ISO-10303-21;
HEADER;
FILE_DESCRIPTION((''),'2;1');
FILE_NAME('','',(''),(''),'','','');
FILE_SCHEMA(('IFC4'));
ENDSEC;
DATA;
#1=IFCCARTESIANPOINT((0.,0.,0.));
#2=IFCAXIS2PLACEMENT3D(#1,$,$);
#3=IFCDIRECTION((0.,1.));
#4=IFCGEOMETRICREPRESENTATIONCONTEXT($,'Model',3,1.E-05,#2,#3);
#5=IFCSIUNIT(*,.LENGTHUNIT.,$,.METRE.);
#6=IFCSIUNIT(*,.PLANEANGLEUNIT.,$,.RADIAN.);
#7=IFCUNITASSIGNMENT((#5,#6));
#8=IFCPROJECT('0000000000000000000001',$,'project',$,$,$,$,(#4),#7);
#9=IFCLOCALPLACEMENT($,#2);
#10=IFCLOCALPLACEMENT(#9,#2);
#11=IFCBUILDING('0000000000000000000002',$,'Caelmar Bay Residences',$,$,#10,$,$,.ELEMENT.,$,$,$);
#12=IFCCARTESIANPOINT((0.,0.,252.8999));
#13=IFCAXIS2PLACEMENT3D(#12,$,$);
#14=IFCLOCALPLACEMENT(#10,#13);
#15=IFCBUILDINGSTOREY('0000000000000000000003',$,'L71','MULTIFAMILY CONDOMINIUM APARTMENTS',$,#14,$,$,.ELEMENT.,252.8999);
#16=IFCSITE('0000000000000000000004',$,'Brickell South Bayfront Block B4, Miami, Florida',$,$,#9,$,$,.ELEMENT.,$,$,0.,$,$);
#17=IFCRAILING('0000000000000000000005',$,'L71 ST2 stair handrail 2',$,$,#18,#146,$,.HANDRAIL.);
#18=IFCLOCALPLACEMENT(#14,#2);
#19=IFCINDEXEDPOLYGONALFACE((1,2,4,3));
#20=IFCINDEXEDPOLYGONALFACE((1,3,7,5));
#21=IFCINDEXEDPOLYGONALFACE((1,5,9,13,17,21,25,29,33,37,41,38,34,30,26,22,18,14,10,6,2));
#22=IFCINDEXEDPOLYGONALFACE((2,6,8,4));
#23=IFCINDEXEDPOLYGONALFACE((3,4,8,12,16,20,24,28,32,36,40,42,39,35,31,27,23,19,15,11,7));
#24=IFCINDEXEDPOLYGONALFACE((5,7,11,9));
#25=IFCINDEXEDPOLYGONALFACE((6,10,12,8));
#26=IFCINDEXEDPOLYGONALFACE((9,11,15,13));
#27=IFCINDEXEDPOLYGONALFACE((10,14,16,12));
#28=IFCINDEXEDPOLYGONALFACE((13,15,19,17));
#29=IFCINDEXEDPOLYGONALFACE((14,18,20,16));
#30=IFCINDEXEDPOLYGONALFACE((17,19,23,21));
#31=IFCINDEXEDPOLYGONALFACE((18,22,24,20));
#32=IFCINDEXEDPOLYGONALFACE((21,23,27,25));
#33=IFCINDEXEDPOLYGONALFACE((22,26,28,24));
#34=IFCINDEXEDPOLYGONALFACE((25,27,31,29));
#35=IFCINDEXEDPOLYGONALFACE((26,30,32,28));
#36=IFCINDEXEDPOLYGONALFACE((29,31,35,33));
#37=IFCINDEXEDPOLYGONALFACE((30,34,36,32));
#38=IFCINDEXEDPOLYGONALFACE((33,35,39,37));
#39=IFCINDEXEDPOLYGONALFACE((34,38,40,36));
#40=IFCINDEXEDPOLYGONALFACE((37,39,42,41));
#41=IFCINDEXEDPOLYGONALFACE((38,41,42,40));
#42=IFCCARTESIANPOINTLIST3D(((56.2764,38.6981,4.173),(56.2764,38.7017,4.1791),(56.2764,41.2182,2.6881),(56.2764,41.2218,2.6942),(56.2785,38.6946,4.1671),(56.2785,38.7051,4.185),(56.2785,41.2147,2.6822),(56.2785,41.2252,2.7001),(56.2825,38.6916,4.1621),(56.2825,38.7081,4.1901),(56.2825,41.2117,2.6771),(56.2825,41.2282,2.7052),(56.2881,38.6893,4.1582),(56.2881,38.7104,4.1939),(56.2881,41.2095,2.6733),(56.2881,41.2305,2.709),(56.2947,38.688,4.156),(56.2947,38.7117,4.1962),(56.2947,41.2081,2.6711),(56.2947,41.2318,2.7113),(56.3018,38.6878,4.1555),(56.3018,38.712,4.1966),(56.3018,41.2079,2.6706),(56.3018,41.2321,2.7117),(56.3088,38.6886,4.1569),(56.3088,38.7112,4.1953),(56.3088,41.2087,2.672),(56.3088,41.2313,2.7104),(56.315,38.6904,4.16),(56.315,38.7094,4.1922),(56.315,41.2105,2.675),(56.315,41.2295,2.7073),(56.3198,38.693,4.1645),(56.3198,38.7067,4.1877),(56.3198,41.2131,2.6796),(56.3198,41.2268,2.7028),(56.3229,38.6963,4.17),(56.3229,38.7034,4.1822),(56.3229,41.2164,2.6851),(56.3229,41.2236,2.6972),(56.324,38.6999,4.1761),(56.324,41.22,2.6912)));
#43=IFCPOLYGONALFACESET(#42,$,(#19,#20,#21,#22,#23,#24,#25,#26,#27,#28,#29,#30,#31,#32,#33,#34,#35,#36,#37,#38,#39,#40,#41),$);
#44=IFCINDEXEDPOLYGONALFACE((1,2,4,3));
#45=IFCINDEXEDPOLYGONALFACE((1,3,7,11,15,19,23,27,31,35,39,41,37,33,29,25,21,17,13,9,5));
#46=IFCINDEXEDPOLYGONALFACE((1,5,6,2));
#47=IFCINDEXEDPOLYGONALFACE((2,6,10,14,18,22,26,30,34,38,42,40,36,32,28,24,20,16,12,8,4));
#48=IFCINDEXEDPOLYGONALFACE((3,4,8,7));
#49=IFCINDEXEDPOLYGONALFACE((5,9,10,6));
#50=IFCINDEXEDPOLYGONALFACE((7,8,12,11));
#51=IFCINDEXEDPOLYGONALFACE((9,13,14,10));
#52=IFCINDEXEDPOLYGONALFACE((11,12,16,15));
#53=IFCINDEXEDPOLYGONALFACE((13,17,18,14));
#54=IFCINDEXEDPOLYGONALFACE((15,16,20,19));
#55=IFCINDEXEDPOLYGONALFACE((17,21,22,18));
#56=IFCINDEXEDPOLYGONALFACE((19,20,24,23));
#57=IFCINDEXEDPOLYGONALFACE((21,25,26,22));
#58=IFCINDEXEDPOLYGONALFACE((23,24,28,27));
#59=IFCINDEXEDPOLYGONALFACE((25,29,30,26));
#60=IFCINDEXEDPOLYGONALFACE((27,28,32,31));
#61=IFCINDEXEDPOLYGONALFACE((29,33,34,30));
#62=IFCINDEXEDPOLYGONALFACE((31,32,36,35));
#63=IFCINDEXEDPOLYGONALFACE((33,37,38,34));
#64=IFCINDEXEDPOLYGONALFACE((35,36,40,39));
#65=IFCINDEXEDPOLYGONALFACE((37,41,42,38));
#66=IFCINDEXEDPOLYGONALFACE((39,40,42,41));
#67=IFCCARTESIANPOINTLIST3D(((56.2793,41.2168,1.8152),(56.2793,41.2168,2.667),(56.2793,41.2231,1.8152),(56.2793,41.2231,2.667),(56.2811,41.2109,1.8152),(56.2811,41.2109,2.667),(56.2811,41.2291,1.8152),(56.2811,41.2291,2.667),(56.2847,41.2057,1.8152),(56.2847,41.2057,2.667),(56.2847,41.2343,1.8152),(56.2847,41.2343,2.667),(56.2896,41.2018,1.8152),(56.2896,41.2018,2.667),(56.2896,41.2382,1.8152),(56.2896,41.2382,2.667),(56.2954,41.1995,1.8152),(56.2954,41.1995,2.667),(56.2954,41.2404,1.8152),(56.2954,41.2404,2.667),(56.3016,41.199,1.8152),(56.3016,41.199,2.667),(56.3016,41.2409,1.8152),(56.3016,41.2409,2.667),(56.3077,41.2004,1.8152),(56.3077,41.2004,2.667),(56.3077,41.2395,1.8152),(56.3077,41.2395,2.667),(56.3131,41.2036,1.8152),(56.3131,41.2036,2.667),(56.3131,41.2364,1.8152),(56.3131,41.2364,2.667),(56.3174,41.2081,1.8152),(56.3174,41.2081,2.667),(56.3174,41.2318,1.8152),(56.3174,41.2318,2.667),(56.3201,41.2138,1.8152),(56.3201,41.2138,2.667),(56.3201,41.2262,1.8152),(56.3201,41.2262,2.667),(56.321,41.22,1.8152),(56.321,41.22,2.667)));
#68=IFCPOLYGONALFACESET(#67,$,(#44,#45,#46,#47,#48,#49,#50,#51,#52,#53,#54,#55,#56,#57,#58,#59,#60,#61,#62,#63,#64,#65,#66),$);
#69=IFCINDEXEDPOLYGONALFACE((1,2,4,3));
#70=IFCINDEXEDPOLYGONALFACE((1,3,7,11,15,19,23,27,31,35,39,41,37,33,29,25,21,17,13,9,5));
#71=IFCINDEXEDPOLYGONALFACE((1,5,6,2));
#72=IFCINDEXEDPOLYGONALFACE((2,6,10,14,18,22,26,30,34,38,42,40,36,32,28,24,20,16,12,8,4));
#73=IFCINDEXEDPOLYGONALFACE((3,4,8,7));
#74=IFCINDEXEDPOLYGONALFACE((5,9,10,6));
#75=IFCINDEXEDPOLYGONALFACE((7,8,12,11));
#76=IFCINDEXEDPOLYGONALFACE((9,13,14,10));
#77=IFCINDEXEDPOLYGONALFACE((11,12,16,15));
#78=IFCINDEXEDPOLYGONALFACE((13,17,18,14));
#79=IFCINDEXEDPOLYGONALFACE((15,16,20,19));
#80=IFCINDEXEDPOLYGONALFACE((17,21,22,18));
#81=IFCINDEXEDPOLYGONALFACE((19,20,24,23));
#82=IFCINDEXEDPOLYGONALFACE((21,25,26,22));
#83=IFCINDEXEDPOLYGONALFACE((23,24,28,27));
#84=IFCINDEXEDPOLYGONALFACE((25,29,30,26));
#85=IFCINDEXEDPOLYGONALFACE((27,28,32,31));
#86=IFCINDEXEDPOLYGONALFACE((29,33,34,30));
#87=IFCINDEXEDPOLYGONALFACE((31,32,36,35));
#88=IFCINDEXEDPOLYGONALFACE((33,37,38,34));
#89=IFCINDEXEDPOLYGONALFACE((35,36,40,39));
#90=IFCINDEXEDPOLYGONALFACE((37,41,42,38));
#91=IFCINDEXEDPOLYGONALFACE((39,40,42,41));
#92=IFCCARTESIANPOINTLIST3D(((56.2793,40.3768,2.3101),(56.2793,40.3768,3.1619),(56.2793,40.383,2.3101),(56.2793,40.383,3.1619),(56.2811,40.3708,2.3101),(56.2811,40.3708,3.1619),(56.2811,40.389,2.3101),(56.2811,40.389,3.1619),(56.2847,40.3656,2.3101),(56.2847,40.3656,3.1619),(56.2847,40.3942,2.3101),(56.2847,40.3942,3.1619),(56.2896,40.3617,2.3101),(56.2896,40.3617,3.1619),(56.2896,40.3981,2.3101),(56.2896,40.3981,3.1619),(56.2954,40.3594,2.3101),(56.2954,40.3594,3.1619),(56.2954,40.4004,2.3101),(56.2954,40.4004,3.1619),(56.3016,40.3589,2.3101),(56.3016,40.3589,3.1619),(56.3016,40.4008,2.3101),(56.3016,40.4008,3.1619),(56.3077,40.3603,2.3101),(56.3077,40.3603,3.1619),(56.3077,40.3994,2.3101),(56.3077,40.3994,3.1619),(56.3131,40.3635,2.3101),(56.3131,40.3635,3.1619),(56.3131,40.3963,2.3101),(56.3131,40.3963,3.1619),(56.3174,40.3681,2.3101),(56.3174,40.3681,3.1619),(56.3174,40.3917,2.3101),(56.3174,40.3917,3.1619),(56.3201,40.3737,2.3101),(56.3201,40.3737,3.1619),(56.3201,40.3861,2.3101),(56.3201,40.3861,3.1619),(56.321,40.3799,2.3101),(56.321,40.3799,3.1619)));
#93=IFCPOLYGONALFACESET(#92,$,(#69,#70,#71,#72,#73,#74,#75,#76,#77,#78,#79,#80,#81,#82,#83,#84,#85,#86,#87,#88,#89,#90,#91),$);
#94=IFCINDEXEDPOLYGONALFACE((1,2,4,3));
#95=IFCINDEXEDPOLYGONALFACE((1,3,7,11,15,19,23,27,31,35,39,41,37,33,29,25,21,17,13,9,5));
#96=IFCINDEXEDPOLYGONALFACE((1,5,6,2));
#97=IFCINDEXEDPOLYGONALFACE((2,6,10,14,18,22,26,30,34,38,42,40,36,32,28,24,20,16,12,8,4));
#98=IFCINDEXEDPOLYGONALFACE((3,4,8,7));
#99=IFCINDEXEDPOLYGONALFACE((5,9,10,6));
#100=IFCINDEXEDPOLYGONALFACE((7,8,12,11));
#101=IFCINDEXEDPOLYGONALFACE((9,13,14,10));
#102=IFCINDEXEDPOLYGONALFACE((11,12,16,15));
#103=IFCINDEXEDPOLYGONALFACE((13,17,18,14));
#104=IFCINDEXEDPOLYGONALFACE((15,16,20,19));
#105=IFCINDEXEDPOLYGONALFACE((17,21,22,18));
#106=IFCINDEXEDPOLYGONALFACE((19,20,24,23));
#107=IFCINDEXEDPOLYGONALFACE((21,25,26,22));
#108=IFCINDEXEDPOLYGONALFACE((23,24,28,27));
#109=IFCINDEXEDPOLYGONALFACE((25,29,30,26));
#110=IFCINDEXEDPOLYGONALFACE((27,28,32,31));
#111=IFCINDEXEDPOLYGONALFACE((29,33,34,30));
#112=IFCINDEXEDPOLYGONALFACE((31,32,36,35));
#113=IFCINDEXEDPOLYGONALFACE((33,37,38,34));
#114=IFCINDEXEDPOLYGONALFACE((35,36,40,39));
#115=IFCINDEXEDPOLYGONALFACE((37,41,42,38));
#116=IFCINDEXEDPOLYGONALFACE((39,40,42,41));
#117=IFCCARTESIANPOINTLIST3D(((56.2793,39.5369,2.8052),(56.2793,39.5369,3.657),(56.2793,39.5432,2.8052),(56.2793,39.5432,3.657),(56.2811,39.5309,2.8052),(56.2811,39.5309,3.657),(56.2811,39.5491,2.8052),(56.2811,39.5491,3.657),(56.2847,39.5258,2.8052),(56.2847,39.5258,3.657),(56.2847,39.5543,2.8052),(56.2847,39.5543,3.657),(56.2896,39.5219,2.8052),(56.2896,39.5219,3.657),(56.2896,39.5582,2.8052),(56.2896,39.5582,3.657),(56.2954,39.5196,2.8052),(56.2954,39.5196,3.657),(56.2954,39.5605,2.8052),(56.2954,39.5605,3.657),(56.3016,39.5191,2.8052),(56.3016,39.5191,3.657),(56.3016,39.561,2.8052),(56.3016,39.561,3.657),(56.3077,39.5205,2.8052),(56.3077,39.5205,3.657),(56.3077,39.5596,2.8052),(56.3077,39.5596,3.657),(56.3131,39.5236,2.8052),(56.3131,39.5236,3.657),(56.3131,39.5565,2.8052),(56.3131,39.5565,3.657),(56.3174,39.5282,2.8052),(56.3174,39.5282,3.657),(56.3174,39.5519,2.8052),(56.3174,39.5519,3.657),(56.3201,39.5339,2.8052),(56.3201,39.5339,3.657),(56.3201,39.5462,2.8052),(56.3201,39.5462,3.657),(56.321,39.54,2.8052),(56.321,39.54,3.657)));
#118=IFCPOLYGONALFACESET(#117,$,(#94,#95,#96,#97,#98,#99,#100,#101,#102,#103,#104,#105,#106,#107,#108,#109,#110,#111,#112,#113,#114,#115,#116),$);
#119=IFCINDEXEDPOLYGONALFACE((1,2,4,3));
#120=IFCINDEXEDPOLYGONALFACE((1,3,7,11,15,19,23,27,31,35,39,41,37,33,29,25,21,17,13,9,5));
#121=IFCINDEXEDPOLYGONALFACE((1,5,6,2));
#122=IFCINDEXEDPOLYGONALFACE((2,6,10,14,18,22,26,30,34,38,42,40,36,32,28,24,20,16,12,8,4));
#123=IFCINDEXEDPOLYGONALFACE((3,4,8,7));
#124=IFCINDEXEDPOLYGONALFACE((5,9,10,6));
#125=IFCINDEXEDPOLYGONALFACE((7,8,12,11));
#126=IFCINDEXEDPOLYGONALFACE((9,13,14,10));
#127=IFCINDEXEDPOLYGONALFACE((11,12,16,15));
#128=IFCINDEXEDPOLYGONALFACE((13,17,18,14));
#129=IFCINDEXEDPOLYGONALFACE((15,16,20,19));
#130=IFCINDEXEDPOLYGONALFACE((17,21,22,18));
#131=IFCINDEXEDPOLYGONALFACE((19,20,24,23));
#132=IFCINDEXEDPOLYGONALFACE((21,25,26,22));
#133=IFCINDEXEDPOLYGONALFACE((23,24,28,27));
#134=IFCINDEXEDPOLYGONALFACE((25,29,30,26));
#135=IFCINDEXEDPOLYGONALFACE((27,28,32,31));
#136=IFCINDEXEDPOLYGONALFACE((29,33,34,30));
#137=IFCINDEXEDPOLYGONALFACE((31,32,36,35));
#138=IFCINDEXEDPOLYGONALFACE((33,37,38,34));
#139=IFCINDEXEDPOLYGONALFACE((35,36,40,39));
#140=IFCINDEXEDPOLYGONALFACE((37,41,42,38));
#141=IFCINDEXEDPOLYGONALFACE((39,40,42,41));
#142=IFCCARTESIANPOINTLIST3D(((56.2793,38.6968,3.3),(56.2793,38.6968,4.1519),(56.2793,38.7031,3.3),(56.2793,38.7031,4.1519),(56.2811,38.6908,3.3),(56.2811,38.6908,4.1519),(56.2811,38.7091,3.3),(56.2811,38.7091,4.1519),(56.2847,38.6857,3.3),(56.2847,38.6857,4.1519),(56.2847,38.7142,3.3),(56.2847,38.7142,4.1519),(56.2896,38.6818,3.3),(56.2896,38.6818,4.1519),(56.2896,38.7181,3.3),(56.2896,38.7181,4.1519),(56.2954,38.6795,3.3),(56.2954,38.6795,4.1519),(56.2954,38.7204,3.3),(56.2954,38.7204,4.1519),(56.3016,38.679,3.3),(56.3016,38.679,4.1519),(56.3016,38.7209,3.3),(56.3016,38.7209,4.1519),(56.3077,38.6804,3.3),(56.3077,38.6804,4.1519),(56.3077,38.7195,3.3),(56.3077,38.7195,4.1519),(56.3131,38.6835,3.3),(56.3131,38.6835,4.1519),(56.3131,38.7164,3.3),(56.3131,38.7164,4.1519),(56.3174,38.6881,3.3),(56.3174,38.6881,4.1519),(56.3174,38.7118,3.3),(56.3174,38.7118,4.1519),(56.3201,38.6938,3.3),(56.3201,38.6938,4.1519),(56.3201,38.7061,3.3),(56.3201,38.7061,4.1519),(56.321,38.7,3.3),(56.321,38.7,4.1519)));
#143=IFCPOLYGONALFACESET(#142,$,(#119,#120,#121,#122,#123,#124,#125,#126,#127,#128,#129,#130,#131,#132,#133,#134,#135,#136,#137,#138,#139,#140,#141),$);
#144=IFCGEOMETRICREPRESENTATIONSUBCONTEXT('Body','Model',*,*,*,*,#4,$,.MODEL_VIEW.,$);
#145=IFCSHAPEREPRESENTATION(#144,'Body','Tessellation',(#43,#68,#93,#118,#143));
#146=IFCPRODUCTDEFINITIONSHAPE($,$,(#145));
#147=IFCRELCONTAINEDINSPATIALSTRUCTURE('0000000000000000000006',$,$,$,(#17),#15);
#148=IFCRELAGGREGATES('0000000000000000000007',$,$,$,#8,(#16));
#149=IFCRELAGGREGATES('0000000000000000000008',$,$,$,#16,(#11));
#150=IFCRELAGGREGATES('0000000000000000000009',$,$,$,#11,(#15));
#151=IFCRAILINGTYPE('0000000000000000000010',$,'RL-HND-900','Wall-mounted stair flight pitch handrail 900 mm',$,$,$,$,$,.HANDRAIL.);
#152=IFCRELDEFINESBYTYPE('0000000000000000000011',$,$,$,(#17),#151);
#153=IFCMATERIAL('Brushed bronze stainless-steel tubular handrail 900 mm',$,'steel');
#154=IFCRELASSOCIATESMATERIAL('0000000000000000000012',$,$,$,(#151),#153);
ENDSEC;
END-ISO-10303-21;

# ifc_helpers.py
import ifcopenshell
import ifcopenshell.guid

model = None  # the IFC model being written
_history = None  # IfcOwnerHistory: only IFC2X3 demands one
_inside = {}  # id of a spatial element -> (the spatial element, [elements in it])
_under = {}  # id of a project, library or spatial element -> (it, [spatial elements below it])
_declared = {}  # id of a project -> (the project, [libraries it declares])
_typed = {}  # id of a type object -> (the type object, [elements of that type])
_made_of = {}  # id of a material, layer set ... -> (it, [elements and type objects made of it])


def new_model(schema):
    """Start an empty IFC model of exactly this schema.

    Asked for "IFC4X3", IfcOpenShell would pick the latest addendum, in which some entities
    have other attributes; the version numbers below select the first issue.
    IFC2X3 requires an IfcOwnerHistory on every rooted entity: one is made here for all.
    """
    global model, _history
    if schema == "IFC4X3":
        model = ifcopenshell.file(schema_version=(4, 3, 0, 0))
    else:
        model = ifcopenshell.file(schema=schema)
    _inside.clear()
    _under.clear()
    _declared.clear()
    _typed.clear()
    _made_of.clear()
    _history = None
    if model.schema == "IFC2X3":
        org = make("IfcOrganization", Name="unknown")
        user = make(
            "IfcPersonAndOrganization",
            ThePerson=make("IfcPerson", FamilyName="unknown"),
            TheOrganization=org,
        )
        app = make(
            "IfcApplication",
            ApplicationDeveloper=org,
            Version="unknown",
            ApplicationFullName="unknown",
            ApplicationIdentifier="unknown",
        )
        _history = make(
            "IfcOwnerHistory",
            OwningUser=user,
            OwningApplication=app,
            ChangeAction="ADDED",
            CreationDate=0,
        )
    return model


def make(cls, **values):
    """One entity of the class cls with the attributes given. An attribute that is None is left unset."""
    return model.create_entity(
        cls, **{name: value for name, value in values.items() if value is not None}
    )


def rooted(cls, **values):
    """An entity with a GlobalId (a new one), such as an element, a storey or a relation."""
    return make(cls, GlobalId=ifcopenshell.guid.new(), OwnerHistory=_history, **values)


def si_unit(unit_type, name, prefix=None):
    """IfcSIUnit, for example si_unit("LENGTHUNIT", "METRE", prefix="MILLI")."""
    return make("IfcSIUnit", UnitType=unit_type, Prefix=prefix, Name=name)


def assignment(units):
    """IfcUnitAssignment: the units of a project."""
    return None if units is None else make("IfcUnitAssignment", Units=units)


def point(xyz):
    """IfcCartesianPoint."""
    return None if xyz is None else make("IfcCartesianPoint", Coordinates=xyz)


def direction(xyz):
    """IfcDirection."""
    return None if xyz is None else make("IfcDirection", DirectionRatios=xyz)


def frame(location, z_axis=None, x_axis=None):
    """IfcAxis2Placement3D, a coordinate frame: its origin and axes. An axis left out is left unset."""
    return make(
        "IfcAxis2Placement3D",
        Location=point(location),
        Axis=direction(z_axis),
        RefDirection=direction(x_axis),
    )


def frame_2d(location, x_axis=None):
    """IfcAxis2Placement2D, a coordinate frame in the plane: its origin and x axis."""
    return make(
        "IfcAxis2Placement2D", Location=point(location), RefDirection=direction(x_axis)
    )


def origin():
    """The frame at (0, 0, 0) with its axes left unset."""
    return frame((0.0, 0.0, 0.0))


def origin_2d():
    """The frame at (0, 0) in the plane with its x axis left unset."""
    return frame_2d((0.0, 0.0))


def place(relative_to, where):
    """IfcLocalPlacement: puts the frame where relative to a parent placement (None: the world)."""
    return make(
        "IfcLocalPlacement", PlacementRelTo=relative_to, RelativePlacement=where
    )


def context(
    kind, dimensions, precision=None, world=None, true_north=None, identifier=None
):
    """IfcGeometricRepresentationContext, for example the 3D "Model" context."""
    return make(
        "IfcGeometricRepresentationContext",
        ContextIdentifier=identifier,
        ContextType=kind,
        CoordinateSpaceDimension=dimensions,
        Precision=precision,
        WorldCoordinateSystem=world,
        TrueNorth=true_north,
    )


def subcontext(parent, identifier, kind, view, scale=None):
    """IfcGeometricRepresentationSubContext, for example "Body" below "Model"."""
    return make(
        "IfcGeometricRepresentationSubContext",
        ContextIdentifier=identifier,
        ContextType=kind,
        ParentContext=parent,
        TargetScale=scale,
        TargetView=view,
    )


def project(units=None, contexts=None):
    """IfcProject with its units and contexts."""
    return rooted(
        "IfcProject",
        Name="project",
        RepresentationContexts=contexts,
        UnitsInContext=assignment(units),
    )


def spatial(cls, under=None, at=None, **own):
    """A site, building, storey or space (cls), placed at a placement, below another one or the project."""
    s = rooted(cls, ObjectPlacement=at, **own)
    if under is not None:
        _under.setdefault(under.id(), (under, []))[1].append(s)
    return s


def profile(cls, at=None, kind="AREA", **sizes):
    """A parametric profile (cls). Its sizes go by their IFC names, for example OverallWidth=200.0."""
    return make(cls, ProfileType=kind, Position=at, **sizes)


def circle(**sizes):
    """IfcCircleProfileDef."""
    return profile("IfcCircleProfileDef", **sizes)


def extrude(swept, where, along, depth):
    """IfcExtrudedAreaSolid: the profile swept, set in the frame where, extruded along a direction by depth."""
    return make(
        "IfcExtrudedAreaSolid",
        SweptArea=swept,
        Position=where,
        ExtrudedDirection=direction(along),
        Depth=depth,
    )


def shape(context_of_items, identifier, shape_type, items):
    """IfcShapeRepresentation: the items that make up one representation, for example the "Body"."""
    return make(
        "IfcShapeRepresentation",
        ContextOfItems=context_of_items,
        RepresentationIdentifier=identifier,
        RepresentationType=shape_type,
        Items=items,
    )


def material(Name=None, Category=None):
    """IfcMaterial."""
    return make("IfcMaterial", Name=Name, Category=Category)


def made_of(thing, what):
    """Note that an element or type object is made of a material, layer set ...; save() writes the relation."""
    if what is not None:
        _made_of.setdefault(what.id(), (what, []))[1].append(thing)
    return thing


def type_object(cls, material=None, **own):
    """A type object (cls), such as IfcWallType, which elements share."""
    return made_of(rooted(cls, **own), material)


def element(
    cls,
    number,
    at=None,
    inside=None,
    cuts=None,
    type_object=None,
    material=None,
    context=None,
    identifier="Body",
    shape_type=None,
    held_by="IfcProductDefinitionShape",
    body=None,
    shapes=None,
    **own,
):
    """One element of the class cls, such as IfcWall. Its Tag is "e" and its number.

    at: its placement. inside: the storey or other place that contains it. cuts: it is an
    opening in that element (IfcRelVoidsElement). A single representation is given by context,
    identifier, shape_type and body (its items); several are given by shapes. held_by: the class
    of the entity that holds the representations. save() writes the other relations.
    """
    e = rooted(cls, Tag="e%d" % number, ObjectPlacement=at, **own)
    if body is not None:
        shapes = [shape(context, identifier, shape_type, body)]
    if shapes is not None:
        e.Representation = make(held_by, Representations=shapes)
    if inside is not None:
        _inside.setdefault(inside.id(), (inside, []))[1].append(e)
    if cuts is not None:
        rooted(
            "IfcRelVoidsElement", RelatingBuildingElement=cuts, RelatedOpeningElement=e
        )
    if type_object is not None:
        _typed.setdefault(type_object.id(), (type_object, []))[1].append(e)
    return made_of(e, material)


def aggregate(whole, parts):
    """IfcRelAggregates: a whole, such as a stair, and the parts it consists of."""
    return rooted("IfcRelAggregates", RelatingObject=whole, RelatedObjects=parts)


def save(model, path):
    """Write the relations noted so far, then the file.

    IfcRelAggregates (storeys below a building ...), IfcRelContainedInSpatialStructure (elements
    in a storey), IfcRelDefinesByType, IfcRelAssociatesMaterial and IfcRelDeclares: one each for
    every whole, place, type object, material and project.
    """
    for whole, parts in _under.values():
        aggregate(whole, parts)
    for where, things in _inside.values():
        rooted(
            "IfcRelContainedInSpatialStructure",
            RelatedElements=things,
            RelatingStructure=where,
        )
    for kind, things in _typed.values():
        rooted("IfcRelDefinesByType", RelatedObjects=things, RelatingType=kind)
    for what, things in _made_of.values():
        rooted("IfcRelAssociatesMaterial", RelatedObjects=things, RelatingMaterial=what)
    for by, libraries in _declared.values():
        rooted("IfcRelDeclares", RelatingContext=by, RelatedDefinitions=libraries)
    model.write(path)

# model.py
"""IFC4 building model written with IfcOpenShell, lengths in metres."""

from ifc_helpers import new_model, si_unit, direction, frame, origin, origin_2d, place, context, subcontext, project, spatial, circle, extrude, material, type_object, element, save


model = new_model("IFC4")

# Units and contexts
model_context = context("Model", 3, precision=1e-05, world=origin(), true_north=direction((0.0, 1.0)))
body_context = subcontext(model_context, "Body", "Model", "MODEL_VIEW")
ifc_project = project(units=[si_unit("LENGTHUNIT", "METRE"), si_unit("PLANEANGLEUNIT", "RADIAN")], contexts=[model_context])

# Site, building, storey
site_placement = place(None, origin())
site = spatial("IfcSite", under=ifc_project, at=site_placement, Name="Brickell South Bayfront Block B4, Miami, Florida", CompositionType="ELEMENT", RefElevation=0.0)
building_placement = place(site_placement, origin())
building = spatial("IfcBuilding", under=site, at=building_placement, Name="Caelmar Bay Residences", CompositionType="ELEMENT")
storey_placement = place(building_placement, frame((0.0, 0.0, 252.8999)))
storey = spatial("IfcBuildingStorey", under=building, at=storey_placement, Name="L71", Description="MULTIFAMILY CONDOMINIUM APARTMENTS", CompositionType="ELEMENT", Elevation=252.8999)

# Railing
ifc_material_1 = material(Name="Brushed bronze stainless-steel tubular handrail 900 mm", Category="steel")
railing_type_1 = type_object("IfcRailingType", Name="RL-HND-900", Description="Wall-mounted stair flight pitch handrail 900 mm", PredefinedType="HANDRAIL", material=ifc_material_1)
railing_1_placement = place(storey_placement, frame((56.3, 41.22, 1.8152)))
element("IfcRailing", 1, at=railing_1_placement, inside=storey, type_object=railing_type_1, Name="L71 ST2 stair handrail 2", PredefinedType="HANDRAIL", context=body_context, shape_type="SweptSolid", body=[
    extrude(circle(Radius=0.0239, at=origin_2d()), frame((0.0, 0.0, 0.876), z_axis=(0.0, -0.861561, 0.507655), x_axis=(1.0, 0.0, 0.0)), (0.0, 0.0, 1.0), 2.925),
    extrude(circle(Radius=0.021, at=origin_2d()), origin(), (0.0, 0.0, 1.0), 0.8518),
    extrude(circle(Radius=0.021, at=origin_2d()), frame((0.0, -0.8401, 0.4949)), (0.0, 0.0, 1.0), 0.8518),
    extrude(circle(Radius=0.021, at=origin_2d()), frame((0.0, -1.6799, 0.99)), (0.0, 0.0, 1.0), 0.8518),
    extrude(circle(Radius=0.021, at=origin_2d()), frame((0.0, -2.52, 1.4849)), (0.0, 0.0, 1.0), 0.8518),
])

save(model, "model.ifc")
